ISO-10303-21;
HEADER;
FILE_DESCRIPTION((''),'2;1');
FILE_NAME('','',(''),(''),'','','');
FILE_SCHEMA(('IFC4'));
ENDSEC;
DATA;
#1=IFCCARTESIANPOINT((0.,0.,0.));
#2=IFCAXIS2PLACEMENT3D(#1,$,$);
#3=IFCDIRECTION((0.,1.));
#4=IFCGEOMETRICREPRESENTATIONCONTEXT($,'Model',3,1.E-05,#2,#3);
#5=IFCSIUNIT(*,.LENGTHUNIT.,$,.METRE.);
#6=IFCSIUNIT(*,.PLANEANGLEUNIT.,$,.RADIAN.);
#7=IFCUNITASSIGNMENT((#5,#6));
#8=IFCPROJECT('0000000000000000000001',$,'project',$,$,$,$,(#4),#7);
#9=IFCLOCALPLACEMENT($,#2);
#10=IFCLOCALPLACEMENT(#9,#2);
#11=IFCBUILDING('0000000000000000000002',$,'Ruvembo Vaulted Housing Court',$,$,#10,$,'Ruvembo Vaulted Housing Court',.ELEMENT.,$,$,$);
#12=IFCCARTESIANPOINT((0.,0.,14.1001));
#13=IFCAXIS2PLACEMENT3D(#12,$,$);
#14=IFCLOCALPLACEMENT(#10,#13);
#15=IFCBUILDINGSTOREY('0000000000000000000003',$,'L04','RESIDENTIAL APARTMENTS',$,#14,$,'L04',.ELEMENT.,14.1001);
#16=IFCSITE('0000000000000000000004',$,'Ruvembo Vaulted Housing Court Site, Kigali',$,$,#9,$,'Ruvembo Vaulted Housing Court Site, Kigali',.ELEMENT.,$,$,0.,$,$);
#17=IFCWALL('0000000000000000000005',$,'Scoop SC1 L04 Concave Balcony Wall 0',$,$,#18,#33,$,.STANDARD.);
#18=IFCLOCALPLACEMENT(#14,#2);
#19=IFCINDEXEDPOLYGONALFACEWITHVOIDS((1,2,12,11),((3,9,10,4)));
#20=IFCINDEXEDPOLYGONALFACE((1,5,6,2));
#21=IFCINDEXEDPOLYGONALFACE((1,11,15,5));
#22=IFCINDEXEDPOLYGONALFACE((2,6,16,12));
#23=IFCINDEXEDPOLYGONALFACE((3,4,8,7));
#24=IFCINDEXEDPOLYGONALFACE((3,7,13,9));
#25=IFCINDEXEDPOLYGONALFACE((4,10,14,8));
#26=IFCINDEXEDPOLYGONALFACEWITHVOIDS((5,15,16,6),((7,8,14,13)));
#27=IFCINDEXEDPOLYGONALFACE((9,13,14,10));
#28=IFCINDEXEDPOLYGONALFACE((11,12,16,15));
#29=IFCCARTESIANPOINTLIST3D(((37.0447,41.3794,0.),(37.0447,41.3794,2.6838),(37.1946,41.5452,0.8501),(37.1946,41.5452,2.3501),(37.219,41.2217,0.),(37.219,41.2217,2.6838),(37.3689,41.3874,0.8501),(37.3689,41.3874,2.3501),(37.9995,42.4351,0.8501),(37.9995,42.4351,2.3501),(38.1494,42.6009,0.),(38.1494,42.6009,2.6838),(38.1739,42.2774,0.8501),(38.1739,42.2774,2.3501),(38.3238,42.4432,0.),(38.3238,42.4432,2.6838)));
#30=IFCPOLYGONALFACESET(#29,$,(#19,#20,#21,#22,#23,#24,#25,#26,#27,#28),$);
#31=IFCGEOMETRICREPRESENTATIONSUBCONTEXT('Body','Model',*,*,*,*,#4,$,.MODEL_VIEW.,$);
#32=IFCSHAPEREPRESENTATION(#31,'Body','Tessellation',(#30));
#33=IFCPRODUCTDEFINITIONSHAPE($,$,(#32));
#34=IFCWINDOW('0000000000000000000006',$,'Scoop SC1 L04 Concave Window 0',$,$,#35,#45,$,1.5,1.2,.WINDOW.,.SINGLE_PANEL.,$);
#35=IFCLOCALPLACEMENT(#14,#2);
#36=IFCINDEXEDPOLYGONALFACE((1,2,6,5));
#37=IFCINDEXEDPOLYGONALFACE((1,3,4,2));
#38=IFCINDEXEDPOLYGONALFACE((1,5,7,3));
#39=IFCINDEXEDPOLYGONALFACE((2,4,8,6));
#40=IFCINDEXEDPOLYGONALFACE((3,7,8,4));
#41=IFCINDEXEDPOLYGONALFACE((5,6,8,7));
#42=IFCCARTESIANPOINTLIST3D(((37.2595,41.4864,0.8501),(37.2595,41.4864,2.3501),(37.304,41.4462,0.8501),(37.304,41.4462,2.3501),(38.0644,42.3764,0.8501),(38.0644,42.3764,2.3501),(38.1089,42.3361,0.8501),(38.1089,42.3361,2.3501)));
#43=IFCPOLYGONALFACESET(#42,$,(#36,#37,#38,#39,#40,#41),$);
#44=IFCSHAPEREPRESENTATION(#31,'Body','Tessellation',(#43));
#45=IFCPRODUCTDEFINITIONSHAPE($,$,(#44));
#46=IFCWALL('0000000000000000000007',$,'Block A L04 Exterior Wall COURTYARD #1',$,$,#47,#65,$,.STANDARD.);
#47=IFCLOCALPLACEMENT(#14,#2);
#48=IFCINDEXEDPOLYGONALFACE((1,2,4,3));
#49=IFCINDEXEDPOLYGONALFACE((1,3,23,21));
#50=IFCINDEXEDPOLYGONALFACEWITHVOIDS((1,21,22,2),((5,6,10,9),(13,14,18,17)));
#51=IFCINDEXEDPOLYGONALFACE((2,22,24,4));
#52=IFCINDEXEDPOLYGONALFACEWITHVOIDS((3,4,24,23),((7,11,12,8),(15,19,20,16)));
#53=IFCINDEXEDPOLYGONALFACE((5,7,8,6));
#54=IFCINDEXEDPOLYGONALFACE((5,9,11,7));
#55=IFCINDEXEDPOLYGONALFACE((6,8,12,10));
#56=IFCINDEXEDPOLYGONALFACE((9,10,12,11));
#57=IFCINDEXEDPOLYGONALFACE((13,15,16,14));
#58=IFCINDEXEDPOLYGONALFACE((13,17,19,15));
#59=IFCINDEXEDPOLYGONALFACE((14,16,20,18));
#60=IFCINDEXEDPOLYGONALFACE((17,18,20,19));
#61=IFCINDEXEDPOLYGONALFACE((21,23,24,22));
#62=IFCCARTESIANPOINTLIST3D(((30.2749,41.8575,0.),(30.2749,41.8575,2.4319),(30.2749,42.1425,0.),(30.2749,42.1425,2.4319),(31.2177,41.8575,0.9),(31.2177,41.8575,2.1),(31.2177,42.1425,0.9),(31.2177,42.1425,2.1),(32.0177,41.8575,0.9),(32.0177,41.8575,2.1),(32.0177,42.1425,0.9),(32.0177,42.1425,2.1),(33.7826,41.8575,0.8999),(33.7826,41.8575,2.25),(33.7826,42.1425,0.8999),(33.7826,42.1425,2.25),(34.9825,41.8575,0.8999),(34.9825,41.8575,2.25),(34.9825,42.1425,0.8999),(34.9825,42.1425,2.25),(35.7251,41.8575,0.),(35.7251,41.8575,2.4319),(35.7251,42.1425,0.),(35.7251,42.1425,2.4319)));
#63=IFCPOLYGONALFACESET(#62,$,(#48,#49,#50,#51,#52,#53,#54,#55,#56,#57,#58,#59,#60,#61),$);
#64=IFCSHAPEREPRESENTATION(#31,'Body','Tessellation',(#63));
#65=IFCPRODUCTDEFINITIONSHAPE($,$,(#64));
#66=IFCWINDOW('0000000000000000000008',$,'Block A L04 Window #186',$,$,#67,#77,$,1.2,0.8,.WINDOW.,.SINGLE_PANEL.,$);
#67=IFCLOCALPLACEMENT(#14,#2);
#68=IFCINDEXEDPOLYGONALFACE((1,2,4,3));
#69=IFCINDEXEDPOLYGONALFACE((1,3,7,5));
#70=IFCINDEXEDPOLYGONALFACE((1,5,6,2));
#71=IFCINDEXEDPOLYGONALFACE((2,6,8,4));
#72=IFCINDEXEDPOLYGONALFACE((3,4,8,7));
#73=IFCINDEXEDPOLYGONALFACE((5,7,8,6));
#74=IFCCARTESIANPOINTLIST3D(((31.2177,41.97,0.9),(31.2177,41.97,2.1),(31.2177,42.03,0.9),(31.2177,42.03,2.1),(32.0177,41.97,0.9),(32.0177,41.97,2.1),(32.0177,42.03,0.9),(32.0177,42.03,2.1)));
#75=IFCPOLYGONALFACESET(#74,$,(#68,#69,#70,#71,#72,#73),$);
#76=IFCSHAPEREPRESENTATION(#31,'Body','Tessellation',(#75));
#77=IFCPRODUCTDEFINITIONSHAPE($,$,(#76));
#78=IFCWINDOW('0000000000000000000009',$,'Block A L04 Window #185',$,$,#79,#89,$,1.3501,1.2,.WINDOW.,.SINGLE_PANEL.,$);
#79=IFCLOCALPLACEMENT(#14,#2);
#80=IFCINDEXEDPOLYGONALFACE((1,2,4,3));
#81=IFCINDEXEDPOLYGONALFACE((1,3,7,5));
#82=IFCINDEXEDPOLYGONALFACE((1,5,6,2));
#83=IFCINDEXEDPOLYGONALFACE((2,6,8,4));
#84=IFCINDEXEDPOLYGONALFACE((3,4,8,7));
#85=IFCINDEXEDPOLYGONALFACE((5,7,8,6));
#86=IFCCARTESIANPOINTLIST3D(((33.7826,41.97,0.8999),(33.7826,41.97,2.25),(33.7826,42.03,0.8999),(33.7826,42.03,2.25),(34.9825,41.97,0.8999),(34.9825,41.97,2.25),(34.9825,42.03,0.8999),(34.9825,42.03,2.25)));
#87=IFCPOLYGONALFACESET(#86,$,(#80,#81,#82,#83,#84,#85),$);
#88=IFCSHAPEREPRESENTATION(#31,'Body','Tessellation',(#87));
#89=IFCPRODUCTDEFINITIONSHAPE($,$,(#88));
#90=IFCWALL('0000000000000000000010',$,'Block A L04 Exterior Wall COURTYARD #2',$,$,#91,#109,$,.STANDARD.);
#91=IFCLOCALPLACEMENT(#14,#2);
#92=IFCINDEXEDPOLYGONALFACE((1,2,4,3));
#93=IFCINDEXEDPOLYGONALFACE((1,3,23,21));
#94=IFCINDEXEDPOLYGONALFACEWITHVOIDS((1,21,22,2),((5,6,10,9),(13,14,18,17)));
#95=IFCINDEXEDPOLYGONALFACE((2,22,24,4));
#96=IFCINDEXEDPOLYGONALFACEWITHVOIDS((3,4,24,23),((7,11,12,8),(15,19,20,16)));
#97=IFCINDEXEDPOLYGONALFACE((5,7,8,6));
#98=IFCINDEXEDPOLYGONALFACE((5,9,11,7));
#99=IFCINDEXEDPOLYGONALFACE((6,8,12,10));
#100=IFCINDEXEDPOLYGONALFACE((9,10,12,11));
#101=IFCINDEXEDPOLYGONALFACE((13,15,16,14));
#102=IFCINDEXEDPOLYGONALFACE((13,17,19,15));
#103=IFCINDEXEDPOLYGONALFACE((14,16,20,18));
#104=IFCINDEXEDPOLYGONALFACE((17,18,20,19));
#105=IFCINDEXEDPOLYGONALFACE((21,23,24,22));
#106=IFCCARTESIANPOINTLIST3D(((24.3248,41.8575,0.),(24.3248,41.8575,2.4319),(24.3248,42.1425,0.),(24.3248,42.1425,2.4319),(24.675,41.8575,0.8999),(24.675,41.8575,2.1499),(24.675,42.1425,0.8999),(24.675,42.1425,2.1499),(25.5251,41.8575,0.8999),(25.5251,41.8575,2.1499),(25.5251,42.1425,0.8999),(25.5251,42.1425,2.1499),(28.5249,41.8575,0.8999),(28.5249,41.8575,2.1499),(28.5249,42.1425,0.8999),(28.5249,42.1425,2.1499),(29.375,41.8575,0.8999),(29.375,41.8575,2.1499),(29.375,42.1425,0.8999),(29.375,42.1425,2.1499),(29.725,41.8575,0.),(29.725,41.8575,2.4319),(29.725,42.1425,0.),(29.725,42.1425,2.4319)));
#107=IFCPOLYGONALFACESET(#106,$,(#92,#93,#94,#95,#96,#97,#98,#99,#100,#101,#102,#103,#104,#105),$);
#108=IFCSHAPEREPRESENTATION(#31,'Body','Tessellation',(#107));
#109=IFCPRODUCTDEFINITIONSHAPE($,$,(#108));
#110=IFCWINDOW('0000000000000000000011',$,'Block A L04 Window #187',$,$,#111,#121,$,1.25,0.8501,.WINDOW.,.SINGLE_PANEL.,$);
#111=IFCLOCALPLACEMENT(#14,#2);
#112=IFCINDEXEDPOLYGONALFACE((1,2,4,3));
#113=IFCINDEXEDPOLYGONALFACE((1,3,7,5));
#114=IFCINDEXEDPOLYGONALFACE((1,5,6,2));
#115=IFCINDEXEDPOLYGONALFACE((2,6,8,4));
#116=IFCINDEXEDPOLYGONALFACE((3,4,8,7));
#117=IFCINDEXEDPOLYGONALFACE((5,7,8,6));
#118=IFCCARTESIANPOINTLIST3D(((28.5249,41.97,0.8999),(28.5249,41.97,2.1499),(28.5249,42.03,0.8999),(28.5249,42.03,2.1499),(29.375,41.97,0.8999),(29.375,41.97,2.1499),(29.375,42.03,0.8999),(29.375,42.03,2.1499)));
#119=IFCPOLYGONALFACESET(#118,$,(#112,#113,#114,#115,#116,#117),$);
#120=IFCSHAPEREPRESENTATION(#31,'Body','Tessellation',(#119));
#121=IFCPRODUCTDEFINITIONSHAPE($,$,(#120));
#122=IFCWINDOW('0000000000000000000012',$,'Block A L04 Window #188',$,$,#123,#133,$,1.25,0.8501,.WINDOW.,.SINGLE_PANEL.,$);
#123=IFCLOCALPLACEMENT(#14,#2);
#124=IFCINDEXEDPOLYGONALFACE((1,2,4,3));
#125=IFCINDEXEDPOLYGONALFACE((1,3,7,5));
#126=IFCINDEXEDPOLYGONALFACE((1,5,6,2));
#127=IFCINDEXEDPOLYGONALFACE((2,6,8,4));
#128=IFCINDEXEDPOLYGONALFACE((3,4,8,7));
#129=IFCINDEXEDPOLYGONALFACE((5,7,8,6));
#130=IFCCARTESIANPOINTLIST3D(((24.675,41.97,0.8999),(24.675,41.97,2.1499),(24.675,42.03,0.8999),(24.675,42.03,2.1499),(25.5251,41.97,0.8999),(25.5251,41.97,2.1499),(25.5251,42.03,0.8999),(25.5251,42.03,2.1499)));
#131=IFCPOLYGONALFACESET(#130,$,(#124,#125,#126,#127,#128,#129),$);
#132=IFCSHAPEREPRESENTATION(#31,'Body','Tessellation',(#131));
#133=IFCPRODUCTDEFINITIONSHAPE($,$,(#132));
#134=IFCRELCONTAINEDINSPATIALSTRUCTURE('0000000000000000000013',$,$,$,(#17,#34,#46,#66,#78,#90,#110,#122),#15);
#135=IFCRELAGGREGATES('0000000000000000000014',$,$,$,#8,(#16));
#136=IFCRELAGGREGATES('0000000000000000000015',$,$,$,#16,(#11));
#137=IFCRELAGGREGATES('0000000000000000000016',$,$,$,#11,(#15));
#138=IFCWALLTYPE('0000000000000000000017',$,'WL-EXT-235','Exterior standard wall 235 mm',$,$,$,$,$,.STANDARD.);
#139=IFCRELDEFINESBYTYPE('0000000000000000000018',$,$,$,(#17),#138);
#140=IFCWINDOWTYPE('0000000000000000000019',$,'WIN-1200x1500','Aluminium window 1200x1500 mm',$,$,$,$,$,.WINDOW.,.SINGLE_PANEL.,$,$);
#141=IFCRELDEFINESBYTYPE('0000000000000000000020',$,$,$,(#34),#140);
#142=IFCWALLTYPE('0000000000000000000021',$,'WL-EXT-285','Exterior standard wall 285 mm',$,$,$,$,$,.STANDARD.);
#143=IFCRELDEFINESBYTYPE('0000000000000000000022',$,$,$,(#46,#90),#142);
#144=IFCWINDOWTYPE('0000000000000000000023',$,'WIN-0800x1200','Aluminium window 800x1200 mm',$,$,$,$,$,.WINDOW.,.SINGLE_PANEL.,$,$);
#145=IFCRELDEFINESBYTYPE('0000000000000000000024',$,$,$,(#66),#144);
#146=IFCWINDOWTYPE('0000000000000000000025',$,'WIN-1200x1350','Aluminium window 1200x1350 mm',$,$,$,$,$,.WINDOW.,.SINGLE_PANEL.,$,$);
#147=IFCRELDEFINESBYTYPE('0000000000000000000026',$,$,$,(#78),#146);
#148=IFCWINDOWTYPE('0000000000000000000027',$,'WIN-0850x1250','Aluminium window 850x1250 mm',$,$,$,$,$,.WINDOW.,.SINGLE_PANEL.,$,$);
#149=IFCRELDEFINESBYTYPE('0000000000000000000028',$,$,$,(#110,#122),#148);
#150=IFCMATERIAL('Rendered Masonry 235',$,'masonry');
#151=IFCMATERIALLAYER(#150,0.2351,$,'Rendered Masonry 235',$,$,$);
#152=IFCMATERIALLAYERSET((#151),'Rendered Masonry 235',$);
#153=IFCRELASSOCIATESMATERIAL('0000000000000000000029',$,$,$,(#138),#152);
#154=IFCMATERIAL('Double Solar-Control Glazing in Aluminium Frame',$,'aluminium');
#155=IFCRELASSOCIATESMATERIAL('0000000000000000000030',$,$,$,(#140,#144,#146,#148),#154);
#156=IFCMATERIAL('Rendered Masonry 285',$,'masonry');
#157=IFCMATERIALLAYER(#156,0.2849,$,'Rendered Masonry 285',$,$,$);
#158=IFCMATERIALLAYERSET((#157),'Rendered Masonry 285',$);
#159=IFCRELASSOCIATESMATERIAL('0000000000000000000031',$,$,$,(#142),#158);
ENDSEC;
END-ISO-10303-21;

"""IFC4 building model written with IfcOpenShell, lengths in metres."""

from ifc_helpers import new_model, si_unit, direction, frame, frame_2d, origin, place, context, subcontext, project, spatial, rectangle, extrude, material, layer, layer_set, type_object, element, fill, save


model = new_model("IFC4")

# Units and contexts
model_context = context("Model", 3, precision=1e-05, world=origin(), true_north=direction((0.0, 1.0)))
body_context = subcontext(model_context, "Body", "Model", "MODEL_VIEW")
ifc_project = project(units=[si_unit("LENGTHUNIT", "METRE"), si_unit("PLANEANGLEUNIT", "RADIAN")], contexts=[model_context])

# Site, building, storey
site_placement = place(None, origin())
site = spatial("IfcSite", under=ifc_project, at=site_placement, Name="Ruvembo Vaulted Housing Court Site, Kigali", LongName="Ruvembo Vaulted Housing Court Site, Kigali", CompositionType="ELEMENT", RefElevation=0.0)
building_placement = place(site_placement, origin())
building = spatial("IfcBuilding", under=site, at=building_placement, Name="Ruvembo Vaulted Housing Court", LongName="Ruvembo Vaulted Housing Court", CompositionType="ELEMENT")
storey_placement = place(building_placement, frame((0.0, 0.0, 14.1001)))
storey = spatial("IfcBuildingStorey", under=building, at=storey_placement, Name="L04", Description="RESIDENTIAL APARTMENTS", LongName="L04", CompositionType="ELEMENT", Elevation=14.1001)

# Wall, opening, window
ifc_material_1 = material(Name="Rendered Masonry 235", Category="masonry")
ifc_layer_1 = layer(ifc_material_1, 0.2351, Name="Rendered Masonry 235")
ifc_layer_set_1 = layer_set([ifc_layer_1], Name="Rendered Masonry 235")
wall_type_1 = type_object("IfcWallType", Name="WL-EXT-235", Description="Exterior standard wall 235 mm", PredefinedType="STANDARD", material=ifc_layer_set_1)
wall_1_placement = place(storey_placement, frame((37.1318, 41.3005, 0.0), z_axis=(0.0, 0.0, 1.0), x_axis=(0.670789, 0.741648, 0.0)))
wall_1 = element("IfcWall", 1, at=wall_1_placement, inside=storey, type_object=wall_type_1, Name="Scoop SC1 L04 Concave Balcony Wall 0", PredefinedType="STANDARD", context=body_context, shape_type="SweptSolid", body=[
    extrude(rectangle(XDim=1.647, YDim=0.2351, at=frame_2d((0.8235, 0.0))), origin(), (0.0, 0.0, 1.0), 2.6838),
])
opening_1_placement = place(wall_1_placement, frame((0.2234, 0.0, 0.8501)))
opening_1 = element("IfcOpeningElement", 2, at=opening_1_placement, cuts=wall_1, PredefinedType="OPENING", context=body_context, shape_type="SweptSolid", body=[
    extrude(rectangle(XDim=1.2, YDim=1.5, at=frame_2d((0.6001, 0.75))), frame((0.0, 0.1274, 0.0), z_axis=(0.0, -1.0, 0.0), x_axis=(1.0, 0.0, 0.0)), (0.0, 0.0, 1.0), 0.2551),
])
ifc_material_2 = material(Name="Double Solar-Control Glazing in Aluminium Frame", Category="aluminium")
window_type_1 = type_object("IfcWindowType", Name="WIN-1200x1500", Description="Aluminium window 1200x1500 mm", PartitioningType="SINGLE_PANEL", PredefinedType="WINDOW", material=ifc_material_2)
window_1_placement = place(opening_1_placement, origin())
window_1 = element("IfcWindow", 3, at=window_1_placement, inside=storey, type_object=window_type_1, Name="Scoop SC1 L04 Concave Window 0", OverallHeight=1.5, OverallWidth=1.2, PartitioningType="SINGLE_PANEL", PredefinedType="WINDOW", context=body_context, shape_type="SweptSolid", body=[
    extrude(rectangle(XDim=1.2, YDim=1.5, at=frame_2d((0.6001, 0.75))), frame((0.0, 0.03, 0.0), z_axis=(0.0, -1.0, 0.0), x_axis=(1.0, 0.0, 0.0)), (0.0, 0.0, 1.0), 0.0601),
])
fill(opening_1, window_1)

# Shared definitions
ifc_material_3 = material(Name="Rendered Masonry 285", Category="masonry")
ifc_layer_2 = layer(ifc_material_3, 0.2849, Name="Rendered Masonry 285")
ifc_layer_set_2 = layer_set([ifc_layer_2], Name="Rendered Masonry 285")
wall_type_2 = type_object("IfcWallType", Name="WL-EXT-285", Description="Exterior standard wall 285 mm", PredefinedType="STANDARD", material=ifc_layer_set_2)

# Walls, openings, windows
wall_2_placement = place(storey_placement, frame((35.7251, 42.0, 0.0), z_axis=(0.0, 0.0, 1.0), x_axis=(-1.0, 0.0, 0.0)))
wall_2 = element("IfcWall", 4, at=wall_2_placement, inside=storey, type_object=wall_type_2, Name="Block A L04 Exterior Wall COURTYARD #1", PredefinedType="STANDARD", context=body_context, shape_type="SweptSolid", body=[
    extrude(rectangle(XDim=5.4502, YDim=0.2849, at=frame_2d((2.7251, 0.0))), origin(), (0.0, 0.0, 1.0), 2.4319),
])
opening_2_placement = place(wall_2_placement, frame((0.7424, 0.0, 0.8999)))
opening_2 = element("IfcOpeningElement", 5, at=opening_2_placement, cuts=wall_2, PredefinedType="OPENING", context=body_context, shape_type="SweptSolid", body=[
    extrude(rectangle(XDim=1.2, YDim=1.3501, at=frame_2d((0.6001, 0.675))), frame((0.0, 0.1523, 0.0), z_axis=(0.0, -1.0, 0.0), x_axis=(1.0, 0.0, 0.0)), (0.0, 0.0, 1.0), 0.3049),
])
opening_3_placement = place(wall_2_placement, frame((3.7075, 0.0, 0.8999)))
opening_3 = element("IfcOpeningElement", 6, at=opening_3_placement, cuts=wall_2, PredefinedType="OPENING", context=body_context, shape_type="SweptSolid", body=[
    extrude(rectangle(XDim=0.8, YDim=1.2, at=frame_2d((0.3999, 0.6001))), frame((0.0, 0.1523, 0.0), z_axis=(0.0, -1.0, 0.0), x_axis=(1.0, 0.0, 0.0)), (0.0, 0.0, 1.0), 0.3049),
])
window_type_2 = type_object("IfcWindowType", Name="WIN-0800x1200", Description="Aluminium window 800x1200 mm", PartitioningType="SINGLE_PANEL", PredefinedType="WINDOW", material=ifc_material_2)
window_2_placement = place(opening_3_placement, origin())
window_2 = element("IfcWindow", 7, at=window_2_placement, inside=storey, type_object=window_type_2, Name="Block A L04 Window #186", OverallHeight=1.2, OverallWidth=0.8, PartitioningType="SINGLE_PANEL", PredefinedType="WINDOW", context=body_context, shape_type="SweptSolid", body=[
    extrude(rectangle(XDim=0.8, YDim=1.2, at=frame_2d((0.3999, 0.6001))), frame((0.0, 0.03, 0.0), z_axis=(0.0, -1.0, 0.0), x_axis=(1.0, 0.0, 0.0)), (0.0, 0.0, 1.0), 0.0601),
])
fill(opening_3, window_2)
window_type_3 = type_object("IfcWindowType", Name="WIN-1200x1350", Description="Aluminium window 1200x1350 mm", PartitioningType="SINGLE_PANEL", PredefinedType="WINDOW", material=ifc_material_2)
window_3_placement = place(opening_2_placement, origin())
window_3 = element("IfcWindow", 8, at=window_3_placement, inside=storey, type_object=window_type_3, Name="Block A L04 Window #185", OverallHeight=1.3501, OverallWidth=1.2, PartitioningType="SINGLE_PANEL", PredefinedType="WINDOW", context=body_context, shape_type="SweptSolid", body=[
    extrude(rectangle(XDim=1.2, YDim=1.3501, at=frame_2d((0.6001, 0.675))), frame((0.0, 0.03, 0.0), z_axis=(0.0, -1.0, 0.0), x_axis=(1.0, 0.0, 0.0)), (0.0, 0.0, 1.0), 0.0601),
])
fill(opening_2, window_3)
wall_3_placement = place(storey_placement, frame((29.7251, 42.0, 0.0), z_axis=(0.0, 0.0, 1.0), x_axis=(-1.0, 0.0, 0.0)))
wall_3 = element("IfcWall", 9, at=wall_3_placement, inside=storey, type_object=wall_type_2, Name="Block A L04 Exterior Wall COURTYARD #2", PredefinedType="STANDARD", context=body_context, shape_type="SweptSolid", body=[
    extrude(rectangle(XDim=5.4001, YDim=0.2849, at=frame_2d((2.7002, 0.0))), origin(), (0.0, 0.0, 1.0), 2.4319),
])
opening_4_placement = place(wall_3_placement, frame((0.3501, 0.0, 0.8999)))
opening_4 = element("IfcOpeningElement", 10, at=opening_4_placement, cuts=wall_3, PredefinedType="OPENING", context=body_context, shape_type="SweptSolid", body=[
    extrude(rectangle(XDim=0.8501, YDim=1.25, at=frame_2d((0.425, 0.625))), frame((0.0, 0.1523, 0.0), z_axis=(0.0, -1.0, 0.0), x_axis=(1.0, 0.0, 0.0)), (0.0, 0.0, 1.0), 0.3049),
])
opening_5_placement = place(wall_3_placement, frame((4.2, 0.0, 0.8999)))
opening_5 = element("IfcOpeningElement", 11, at=opening_5_placement, cuts=wall_3, PredefinedType="OPENING", context=body_context, shape_type="SweptSolid", body=[
    extrude(rectangle(XDim=0.8501, YDim=1.25, at=frame_2d((0.425, 0.625))), frame((0.0, 0.1523, 0.0), z_axis=(0.0, -1.0, 0.0), x_axis=(1.0, 0.0, 0.0)), (0.0, 0.0, 1.0), 0.3049),
])
window_type_4 = type_object("IfcWindowType", Name="WIN-0850x1250", Description="Aluminium window 850x1250 mm", PartitioningType="SINGLE_PANEL", PredefinedType="WINDOW", material=ifc_material_2)
window_4_placement = place(opening_4_placement, origin())
window_4 = element("IfcWindow", 12, at=window_4_placement, inside=storey, type_object=window_type_4, Name="Block A L04 Window #187", OverallHeight=1.25, OverallWidth=0.8501, PartitioningType="SINGLE_PANEL", PredefinedType="WINDOW", context=body_context, shape_type="SweptSolid", body=[
    extrude(rectangle(XDim=0.8501, YDim=1.25, at=frame_2d((0.425, 0.625))), frame((0.0, 0.03, 0.0), z_axis=(0.0, -1.0, 0.0), x_axis=(1.0, 0.0, 0.0)), (0.0, 0.0, 1.0), 0.0601),
])
fill(opening_4, window_4)
window_5_placement = place(opening_5_placement, origin())
window_5 = element("IfcWindow", 13, at=window_5_placement, inside=storey, type_object=window_type_4, Name="Block A L04 Window #188", OverallHeight=1.25, OverallWidth=0.8501, PartitioningType="SINGLE_PANEL", PredefinedType="WINDOW", context=body_context, shape_type="SweptSolid", body=[
    extrude(rectangle(XDim=0.8501, YDim=1.25, at=frame_2d((0.425, 0.625))), frame((0.0, 0.03, 0.0), z_axis=(0.0, -1.0, 0.0), x_axis=(1.0, 0.0, 0.0)), (0.0, 0.0, 1.0), 0.0601),
])
fill(opening_5, window_5)

save(model, "model.ifc")
